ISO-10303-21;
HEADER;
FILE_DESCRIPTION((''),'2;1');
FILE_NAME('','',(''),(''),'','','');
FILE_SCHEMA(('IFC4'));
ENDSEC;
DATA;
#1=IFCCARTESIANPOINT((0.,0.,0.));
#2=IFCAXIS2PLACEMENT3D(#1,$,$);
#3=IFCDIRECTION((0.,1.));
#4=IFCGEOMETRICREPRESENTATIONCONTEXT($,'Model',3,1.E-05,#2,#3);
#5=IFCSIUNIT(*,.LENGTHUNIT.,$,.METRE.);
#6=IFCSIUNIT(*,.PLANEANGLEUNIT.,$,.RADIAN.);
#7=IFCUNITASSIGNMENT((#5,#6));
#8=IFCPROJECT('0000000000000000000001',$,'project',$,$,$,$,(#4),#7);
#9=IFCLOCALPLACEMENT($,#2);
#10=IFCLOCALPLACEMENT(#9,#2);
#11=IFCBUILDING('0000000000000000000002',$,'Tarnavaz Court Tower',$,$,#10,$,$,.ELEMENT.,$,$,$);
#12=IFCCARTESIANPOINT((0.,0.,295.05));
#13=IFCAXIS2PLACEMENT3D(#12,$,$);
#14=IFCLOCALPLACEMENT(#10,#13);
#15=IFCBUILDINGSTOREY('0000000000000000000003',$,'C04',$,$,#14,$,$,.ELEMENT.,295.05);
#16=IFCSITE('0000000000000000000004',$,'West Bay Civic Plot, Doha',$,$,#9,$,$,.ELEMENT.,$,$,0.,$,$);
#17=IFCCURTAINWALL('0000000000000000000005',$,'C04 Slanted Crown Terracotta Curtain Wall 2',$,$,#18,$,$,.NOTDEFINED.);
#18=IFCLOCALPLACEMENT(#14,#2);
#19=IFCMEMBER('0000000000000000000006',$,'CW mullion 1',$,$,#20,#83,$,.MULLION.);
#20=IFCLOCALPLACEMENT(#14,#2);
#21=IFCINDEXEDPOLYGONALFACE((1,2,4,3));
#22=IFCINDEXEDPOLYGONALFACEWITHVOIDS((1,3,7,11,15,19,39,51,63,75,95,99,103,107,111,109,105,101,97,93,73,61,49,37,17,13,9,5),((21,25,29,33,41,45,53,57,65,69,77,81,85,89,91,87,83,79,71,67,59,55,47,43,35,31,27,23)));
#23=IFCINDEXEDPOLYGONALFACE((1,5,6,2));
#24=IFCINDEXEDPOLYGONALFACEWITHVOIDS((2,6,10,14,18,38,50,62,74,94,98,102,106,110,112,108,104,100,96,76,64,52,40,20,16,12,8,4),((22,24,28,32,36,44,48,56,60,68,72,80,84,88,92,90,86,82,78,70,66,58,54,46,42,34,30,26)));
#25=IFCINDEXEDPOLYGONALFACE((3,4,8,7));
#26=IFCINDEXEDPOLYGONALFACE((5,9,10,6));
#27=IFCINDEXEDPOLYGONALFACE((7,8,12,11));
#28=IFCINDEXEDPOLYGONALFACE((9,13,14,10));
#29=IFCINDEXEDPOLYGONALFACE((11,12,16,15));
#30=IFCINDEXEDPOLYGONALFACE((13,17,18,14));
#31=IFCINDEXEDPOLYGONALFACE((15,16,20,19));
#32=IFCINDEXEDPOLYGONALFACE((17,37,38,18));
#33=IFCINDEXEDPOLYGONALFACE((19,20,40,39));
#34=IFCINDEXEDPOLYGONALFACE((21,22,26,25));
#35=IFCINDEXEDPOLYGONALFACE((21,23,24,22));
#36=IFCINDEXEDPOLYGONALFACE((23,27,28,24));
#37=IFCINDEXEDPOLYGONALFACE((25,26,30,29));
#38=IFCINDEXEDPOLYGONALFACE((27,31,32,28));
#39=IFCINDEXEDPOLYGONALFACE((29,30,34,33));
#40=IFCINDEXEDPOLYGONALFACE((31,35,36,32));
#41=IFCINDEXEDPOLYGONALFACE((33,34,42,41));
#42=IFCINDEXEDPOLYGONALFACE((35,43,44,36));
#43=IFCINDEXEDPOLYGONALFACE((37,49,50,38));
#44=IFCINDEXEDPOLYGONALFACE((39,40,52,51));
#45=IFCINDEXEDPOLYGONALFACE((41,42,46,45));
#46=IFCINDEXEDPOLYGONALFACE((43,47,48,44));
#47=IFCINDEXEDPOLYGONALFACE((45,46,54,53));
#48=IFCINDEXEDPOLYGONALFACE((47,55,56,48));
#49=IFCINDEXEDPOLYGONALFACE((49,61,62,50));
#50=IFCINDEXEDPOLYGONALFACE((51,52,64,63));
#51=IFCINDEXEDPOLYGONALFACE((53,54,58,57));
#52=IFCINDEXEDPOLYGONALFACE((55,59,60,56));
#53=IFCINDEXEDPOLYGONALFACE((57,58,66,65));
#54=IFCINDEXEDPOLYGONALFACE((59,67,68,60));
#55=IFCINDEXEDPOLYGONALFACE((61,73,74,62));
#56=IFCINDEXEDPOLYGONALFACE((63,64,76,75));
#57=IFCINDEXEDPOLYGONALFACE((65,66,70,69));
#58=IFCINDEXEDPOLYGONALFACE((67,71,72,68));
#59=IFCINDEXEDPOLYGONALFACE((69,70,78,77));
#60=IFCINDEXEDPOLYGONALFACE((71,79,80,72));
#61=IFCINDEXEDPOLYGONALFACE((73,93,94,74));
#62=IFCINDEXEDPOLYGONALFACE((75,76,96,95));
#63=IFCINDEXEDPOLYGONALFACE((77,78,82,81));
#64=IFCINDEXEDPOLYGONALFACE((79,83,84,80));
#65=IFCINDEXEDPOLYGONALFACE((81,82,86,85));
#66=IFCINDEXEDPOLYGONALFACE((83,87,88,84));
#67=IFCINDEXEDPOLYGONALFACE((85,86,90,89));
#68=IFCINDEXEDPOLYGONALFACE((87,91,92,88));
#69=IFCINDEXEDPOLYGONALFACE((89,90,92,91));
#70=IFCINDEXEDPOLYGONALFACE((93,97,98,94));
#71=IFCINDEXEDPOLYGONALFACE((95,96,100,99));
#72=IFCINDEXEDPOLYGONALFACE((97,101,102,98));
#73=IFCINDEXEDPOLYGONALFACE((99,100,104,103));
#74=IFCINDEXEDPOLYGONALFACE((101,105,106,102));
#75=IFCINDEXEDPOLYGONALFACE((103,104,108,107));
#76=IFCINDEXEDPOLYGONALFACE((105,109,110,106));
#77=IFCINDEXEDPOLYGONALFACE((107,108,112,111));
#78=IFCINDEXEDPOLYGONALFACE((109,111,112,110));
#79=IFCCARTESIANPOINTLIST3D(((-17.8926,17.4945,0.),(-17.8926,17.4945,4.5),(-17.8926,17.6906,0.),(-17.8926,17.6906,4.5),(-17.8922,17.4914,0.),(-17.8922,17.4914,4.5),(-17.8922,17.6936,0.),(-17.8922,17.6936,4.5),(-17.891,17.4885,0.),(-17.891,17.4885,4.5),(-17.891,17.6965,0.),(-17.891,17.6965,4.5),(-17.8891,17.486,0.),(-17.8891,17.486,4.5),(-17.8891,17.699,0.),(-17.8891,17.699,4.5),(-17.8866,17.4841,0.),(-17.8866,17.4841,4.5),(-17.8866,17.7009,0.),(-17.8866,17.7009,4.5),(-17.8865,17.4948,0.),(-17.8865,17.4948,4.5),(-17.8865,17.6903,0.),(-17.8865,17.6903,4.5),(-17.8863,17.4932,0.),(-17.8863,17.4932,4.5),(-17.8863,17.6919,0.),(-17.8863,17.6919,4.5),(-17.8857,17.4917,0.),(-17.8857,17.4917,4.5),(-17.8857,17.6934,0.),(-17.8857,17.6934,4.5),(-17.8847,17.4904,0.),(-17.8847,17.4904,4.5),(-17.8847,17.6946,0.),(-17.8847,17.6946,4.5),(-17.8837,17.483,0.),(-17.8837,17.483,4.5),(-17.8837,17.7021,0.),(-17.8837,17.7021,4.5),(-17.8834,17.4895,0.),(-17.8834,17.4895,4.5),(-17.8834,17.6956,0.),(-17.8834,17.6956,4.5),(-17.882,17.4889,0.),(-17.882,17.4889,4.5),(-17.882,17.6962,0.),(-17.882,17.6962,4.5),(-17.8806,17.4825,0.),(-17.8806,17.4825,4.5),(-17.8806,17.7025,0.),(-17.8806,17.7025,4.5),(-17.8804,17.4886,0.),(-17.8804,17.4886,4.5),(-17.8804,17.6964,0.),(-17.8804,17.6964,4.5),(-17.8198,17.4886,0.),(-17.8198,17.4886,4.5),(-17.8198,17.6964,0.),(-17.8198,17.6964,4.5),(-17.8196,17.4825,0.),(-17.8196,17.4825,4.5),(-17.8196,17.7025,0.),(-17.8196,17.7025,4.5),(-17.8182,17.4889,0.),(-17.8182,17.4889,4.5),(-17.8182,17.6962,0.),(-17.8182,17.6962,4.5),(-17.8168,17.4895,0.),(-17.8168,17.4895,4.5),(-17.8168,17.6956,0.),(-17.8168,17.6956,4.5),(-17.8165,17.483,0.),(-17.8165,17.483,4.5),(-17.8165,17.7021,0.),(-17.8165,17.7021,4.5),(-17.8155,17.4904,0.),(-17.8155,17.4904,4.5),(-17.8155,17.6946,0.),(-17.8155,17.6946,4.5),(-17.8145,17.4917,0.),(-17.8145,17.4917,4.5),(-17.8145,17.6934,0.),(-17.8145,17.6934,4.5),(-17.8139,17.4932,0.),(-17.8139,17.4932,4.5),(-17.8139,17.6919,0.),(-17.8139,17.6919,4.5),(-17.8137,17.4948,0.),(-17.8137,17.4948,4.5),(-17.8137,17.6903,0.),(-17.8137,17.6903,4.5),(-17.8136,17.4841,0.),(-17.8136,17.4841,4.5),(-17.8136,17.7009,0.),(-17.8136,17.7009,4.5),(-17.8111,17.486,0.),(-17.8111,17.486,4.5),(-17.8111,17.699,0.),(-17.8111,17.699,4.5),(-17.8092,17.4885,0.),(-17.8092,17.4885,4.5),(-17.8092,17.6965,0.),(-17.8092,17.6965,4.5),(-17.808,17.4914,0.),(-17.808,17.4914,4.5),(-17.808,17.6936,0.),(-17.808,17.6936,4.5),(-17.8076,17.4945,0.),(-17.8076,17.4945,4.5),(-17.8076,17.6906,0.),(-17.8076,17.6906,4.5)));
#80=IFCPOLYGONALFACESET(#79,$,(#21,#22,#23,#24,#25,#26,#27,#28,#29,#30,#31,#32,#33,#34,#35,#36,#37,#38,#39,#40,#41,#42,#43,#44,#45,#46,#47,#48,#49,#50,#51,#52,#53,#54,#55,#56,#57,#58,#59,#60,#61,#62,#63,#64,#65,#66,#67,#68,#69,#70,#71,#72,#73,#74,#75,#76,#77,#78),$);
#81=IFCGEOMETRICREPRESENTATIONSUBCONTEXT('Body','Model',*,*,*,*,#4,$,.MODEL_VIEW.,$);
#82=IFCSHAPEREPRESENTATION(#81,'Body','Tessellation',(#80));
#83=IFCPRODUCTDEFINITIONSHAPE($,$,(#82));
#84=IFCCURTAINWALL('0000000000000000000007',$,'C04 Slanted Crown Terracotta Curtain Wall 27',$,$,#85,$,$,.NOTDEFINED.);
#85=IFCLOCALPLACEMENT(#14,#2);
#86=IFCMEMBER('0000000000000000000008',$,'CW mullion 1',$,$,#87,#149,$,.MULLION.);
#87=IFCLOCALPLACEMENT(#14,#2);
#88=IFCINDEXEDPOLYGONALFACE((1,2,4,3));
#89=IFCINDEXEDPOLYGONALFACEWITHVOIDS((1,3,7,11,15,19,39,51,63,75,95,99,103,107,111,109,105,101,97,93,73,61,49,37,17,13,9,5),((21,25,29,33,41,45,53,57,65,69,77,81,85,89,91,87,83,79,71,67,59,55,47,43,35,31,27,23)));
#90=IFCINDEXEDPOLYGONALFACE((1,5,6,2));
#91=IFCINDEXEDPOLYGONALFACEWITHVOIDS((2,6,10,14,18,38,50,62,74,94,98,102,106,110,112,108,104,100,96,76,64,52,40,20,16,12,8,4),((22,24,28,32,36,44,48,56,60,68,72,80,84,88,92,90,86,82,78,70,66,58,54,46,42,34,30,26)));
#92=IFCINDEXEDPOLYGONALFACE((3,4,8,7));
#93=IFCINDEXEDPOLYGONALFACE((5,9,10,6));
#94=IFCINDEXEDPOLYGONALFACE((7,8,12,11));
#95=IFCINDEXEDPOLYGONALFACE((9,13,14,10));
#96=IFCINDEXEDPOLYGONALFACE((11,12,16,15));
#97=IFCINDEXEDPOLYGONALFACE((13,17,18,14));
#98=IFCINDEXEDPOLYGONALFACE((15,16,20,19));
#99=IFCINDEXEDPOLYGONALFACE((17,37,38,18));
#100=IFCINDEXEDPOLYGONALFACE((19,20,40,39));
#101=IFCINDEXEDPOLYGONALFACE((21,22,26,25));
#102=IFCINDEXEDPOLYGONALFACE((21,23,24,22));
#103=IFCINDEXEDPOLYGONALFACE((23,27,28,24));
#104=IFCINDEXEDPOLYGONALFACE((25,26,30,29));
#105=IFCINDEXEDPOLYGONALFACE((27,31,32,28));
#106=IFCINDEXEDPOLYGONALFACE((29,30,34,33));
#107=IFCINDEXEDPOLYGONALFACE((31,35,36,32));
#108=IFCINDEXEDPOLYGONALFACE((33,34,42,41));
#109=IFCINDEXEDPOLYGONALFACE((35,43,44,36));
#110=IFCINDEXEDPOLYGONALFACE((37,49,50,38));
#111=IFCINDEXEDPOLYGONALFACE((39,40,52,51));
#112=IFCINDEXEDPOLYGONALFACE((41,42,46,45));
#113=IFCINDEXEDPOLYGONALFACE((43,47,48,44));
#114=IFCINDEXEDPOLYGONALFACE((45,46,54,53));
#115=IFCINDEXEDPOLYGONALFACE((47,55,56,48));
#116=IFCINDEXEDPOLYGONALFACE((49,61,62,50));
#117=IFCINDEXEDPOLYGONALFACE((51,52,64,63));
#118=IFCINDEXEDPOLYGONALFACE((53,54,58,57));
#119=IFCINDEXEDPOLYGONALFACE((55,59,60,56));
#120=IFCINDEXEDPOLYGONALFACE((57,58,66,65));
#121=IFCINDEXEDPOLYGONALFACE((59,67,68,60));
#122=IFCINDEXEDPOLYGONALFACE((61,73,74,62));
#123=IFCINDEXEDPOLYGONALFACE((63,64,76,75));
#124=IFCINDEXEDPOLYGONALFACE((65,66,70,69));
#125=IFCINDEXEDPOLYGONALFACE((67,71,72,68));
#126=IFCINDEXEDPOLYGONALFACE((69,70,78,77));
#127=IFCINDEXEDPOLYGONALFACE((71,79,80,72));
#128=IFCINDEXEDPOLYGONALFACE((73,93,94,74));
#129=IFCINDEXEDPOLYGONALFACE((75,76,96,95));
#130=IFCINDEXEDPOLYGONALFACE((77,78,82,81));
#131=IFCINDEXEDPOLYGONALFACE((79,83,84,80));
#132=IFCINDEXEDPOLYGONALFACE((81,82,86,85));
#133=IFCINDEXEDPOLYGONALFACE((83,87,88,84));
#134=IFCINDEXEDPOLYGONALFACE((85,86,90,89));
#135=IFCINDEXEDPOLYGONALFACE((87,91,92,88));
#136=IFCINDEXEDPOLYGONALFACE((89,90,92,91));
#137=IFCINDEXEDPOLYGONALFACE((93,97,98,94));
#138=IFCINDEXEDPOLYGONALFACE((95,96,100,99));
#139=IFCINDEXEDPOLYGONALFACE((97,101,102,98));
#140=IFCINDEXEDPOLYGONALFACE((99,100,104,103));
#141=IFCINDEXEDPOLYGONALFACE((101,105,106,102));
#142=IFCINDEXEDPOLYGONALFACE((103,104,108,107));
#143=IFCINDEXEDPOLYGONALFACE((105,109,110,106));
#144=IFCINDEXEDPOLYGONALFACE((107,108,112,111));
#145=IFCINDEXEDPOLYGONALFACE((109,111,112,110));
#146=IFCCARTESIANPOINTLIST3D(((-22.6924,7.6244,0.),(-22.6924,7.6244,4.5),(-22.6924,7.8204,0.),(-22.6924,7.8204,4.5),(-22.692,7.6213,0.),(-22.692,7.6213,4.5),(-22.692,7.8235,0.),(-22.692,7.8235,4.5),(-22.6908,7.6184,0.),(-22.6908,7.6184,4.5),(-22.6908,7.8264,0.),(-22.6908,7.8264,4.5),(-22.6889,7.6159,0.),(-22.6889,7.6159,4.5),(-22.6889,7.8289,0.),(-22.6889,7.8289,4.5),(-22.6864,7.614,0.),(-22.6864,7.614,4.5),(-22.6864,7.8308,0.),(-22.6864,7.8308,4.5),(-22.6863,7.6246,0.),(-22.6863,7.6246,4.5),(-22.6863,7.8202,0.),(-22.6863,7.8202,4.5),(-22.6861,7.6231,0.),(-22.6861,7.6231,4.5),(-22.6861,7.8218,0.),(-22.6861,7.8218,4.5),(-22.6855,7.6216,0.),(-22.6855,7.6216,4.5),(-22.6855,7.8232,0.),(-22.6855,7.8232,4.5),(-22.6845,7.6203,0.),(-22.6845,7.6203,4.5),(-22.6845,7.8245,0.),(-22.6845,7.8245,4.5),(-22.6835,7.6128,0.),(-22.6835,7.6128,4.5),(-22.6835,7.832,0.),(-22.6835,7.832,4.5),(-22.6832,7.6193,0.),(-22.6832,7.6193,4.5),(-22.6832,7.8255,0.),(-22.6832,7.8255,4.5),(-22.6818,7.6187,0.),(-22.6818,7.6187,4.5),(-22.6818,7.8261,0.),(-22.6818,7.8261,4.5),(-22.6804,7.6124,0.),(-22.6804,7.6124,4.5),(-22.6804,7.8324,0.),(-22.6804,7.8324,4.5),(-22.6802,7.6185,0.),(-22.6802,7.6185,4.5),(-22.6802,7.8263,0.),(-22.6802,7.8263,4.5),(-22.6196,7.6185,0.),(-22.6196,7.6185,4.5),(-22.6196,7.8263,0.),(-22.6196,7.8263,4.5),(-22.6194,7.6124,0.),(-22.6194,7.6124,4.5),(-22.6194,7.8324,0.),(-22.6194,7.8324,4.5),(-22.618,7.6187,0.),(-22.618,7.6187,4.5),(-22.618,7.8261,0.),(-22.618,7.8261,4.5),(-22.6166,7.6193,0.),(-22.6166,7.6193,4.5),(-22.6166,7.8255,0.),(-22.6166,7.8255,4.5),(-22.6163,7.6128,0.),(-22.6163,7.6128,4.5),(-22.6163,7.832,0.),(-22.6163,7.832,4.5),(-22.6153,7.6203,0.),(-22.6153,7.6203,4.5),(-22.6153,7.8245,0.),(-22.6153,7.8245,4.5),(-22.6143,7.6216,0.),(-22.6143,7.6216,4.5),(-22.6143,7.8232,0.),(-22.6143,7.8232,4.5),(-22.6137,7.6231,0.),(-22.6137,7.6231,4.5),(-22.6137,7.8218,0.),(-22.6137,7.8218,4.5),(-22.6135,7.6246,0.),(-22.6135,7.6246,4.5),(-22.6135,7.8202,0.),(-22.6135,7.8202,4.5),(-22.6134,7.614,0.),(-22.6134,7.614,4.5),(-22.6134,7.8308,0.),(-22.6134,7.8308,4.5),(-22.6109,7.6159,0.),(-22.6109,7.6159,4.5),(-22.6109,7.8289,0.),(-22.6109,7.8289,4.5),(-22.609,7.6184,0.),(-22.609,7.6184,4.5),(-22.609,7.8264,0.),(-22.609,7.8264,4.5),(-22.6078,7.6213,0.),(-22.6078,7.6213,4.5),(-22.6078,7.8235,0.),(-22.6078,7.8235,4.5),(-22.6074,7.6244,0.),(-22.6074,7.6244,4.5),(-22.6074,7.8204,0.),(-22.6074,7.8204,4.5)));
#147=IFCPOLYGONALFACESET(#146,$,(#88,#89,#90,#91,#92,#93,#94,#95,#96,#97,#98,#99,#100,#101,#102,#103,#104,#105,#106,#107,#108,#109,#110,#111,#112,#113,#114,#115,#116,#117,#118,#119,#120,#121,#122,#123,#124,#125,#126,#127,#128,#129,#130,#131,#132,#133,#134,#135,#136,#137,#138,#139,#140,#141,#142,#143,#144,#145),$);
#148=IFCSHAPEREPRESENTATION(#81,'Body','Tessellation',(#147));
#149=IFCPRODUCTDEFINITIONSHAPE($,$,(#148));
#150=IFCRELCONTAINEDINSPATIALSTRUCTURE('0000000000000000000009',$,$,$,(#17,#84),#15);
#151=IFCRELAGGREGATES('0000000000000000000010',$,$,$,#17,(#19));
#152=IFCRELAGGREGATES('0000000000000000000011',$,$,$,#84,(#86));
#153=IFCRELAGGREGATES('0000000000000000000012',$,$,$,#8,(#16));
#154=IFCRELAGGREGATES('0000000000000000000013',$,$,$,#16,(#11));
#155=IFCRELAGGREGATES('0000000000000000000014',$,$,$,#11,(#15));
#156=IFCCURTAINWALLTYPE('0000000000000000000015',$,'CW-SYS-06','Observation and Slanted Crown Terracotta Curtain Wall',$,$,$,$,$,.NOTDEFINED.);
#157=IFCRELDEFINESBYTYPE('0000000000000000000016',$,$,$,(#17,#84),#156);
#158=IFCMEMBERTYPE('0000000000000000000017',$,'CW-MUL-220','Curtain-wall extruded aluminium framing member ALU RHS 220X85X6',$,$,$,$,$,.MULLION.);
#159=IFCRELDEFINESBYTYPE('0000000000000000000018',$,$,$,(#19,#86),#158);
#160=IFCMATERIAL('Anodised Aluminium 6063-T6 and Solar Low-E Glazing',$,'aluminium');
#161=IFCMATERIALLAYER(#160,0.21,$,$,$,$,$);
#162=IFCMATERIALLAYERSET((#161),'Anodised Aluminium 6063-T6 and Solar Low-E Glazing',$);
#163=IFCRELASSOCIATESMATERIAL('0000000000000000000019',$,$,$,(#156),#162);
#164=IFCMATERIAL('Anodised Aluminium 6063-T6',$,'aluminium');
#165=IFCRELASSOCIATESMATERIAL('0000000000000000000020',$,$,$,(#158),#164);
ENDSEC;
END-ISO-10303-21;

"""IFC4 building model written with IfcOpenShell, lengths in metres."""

from ifc_helpers import new_model, si_unit, direction, frame, origin, origin_2d, place, context, subcontext, project, spatial, hollow_rectangle, extrude, material, layer, layer_set, material_profile, profile_set, type_object, element, aggregate, save


model = new_model("IFC4")

# Units and contexts
model_context = context("Model", 3, precision=1e-05, world=origin(), true_north=direction((0.0, 1.0)))
body_context = subcontext(model_context, "Body", "Model", "MODEL_VIEW")
ifc_project = project(units=[si_unit("LENGTHUNIT", "METRE"), si_unit("PLANEANGLEUNIT", "RADIAN")], contexts=[model_context])

# Site, building, storey
site_placement = place(None, origin())
site = spatial("IfcSite", under=ifc_project, at=site_placement, Name="West Bay Civic Plot, Doha", CompositionType="ELEMENT", RefElevation=0.0)
building_placement = place(site_placement, origin())
building = spatial("IfcBuilding", under=site, at=building_placement, Name="Tarnavaz Court Tower", CompositionType="ELEMENT")
storey_placement = place(building_placement, frame((0.0, 0.0, 295.05)))
storey = spatial("IfcBuildingStorey", under=building, at=storey_placement, Name="C04", CompositionType="ELEMENT", Elevation=295.05)

# Shared definitions
ifc_material_1 = material(Name="Anodised Aluminium 6063-T6 and Solar Low-E Glazing", Category="aluminium")
ifc_layer_1 = layer(ifc_material_1, 0.21)
ifc_layer_set_1 = layer_set([ifc_layer_1], Name="Anodised Aluminium 6063-T6 and Solar Low-E Glazing")
curtain_wall_type = type_object("IfcCurtainWallType", Name="CW-SYS-06", Description="Observation and Slanted Crown Terracotta Curtain Wall", PredefinedType="NOTDEFINED", material=ifc_layer_set_1)
ifc_material_2 = material(Name="Anodised Aluminium 6063-T6", Category="aluminium")
ifc_material_profile_1 = material_profile(ifc_material_2, hollow_rectangle(XDim=0.085, YDim=0.22, WallThickness=0.0061, InnerFilletRadius=0.0061, OuterFilletRadius=0.012, at=origin_2d()), Name="ALU RHS 220X85X6")
ifc_profile_set_1 = profile_set([ifc_material_profile_1], Name="Anodised Aluminium 6063-T6")
member_type_1 = type_object("IfcMemberType", Name="CW-MUL-220", Description="Curtain-wall extruded aluminium framing member ALU RHS 220X85X6", PredefinedType="MULLION", material=ifc_profile_set_1)

# Curtain wall, member
curtain_wall_1_placement = place(storey_placement, origin())
curtain_wall_1 = element("IfcCurtainWall", 1, at=curtain_wall_1_placement, inside=storey, type_object=curtain_wall_type, Name="C04 Slanted Crown Terracotta Curtain Wall 2", PredefinedType="NOTDEFINED")
member_1_placement = place(storey_placement, frame((-17.8501, 17.5925, 0.0), z_axis=(0.0, 0.0, 1.0), x_axis=(-1.0, 0.0, 0.0)))
member_1 = element("IfcMember", 2, at=member_1_placement, type_object=member_type_1, Name="CW mullion 1", PredefinedType="MULLION", context=body_context, shape_type="SweptSolid", body=[
    extrude(hollow_rectangle(XDim=0.085, YDim=0.22, WallThickness=0.0061, InnerFilletRadius=0.0061, OuterFilletRadius=0.012, at=origin_2d()), origin(), (0.0, 0.0, 1.0), 4.5),
])

# Curtain wall, member
curtain_wall_2_placement = place(storey_placement, origin())
curtain_wall_2 = element("IfcCurtainWall", 3, at=curtain_wall_2_placement, inside=storey, type_object=curtain_wall_type, Name="C04 Slanted Crown Terracotta Curtain Wall 27", PredefinedType="NOTDEFINED")
member_2_placement = place(storey_placement, frame((-22.6499, 7.7224, 0.0), z_axis=(0.0, 0.0, 1.0), x_axis=(-1.0, 0.0, 0.0)))
member_2 = element("IfcMember", 4, at=member_2_placement, type_object=member_type_1, Name="CW mullion 1", PredefinedType="MULLION", context=body_context, shape_type="SweptSolid", body=[
    extrude(hollow_rectangle(XDim=0.085, YDim=0.22, WallThickness=0.0061, InnerFilletRadius=0.0061, OuterFilletRadius=0.012, at=origin_2d()), origin(), (0.0, 0.0, 1.0), 4.5),
])

aggregate(curtain_wall_1, [member_1])
aggregate(curtain_wall_2, [member_2])

save(model, "model.ifc")
